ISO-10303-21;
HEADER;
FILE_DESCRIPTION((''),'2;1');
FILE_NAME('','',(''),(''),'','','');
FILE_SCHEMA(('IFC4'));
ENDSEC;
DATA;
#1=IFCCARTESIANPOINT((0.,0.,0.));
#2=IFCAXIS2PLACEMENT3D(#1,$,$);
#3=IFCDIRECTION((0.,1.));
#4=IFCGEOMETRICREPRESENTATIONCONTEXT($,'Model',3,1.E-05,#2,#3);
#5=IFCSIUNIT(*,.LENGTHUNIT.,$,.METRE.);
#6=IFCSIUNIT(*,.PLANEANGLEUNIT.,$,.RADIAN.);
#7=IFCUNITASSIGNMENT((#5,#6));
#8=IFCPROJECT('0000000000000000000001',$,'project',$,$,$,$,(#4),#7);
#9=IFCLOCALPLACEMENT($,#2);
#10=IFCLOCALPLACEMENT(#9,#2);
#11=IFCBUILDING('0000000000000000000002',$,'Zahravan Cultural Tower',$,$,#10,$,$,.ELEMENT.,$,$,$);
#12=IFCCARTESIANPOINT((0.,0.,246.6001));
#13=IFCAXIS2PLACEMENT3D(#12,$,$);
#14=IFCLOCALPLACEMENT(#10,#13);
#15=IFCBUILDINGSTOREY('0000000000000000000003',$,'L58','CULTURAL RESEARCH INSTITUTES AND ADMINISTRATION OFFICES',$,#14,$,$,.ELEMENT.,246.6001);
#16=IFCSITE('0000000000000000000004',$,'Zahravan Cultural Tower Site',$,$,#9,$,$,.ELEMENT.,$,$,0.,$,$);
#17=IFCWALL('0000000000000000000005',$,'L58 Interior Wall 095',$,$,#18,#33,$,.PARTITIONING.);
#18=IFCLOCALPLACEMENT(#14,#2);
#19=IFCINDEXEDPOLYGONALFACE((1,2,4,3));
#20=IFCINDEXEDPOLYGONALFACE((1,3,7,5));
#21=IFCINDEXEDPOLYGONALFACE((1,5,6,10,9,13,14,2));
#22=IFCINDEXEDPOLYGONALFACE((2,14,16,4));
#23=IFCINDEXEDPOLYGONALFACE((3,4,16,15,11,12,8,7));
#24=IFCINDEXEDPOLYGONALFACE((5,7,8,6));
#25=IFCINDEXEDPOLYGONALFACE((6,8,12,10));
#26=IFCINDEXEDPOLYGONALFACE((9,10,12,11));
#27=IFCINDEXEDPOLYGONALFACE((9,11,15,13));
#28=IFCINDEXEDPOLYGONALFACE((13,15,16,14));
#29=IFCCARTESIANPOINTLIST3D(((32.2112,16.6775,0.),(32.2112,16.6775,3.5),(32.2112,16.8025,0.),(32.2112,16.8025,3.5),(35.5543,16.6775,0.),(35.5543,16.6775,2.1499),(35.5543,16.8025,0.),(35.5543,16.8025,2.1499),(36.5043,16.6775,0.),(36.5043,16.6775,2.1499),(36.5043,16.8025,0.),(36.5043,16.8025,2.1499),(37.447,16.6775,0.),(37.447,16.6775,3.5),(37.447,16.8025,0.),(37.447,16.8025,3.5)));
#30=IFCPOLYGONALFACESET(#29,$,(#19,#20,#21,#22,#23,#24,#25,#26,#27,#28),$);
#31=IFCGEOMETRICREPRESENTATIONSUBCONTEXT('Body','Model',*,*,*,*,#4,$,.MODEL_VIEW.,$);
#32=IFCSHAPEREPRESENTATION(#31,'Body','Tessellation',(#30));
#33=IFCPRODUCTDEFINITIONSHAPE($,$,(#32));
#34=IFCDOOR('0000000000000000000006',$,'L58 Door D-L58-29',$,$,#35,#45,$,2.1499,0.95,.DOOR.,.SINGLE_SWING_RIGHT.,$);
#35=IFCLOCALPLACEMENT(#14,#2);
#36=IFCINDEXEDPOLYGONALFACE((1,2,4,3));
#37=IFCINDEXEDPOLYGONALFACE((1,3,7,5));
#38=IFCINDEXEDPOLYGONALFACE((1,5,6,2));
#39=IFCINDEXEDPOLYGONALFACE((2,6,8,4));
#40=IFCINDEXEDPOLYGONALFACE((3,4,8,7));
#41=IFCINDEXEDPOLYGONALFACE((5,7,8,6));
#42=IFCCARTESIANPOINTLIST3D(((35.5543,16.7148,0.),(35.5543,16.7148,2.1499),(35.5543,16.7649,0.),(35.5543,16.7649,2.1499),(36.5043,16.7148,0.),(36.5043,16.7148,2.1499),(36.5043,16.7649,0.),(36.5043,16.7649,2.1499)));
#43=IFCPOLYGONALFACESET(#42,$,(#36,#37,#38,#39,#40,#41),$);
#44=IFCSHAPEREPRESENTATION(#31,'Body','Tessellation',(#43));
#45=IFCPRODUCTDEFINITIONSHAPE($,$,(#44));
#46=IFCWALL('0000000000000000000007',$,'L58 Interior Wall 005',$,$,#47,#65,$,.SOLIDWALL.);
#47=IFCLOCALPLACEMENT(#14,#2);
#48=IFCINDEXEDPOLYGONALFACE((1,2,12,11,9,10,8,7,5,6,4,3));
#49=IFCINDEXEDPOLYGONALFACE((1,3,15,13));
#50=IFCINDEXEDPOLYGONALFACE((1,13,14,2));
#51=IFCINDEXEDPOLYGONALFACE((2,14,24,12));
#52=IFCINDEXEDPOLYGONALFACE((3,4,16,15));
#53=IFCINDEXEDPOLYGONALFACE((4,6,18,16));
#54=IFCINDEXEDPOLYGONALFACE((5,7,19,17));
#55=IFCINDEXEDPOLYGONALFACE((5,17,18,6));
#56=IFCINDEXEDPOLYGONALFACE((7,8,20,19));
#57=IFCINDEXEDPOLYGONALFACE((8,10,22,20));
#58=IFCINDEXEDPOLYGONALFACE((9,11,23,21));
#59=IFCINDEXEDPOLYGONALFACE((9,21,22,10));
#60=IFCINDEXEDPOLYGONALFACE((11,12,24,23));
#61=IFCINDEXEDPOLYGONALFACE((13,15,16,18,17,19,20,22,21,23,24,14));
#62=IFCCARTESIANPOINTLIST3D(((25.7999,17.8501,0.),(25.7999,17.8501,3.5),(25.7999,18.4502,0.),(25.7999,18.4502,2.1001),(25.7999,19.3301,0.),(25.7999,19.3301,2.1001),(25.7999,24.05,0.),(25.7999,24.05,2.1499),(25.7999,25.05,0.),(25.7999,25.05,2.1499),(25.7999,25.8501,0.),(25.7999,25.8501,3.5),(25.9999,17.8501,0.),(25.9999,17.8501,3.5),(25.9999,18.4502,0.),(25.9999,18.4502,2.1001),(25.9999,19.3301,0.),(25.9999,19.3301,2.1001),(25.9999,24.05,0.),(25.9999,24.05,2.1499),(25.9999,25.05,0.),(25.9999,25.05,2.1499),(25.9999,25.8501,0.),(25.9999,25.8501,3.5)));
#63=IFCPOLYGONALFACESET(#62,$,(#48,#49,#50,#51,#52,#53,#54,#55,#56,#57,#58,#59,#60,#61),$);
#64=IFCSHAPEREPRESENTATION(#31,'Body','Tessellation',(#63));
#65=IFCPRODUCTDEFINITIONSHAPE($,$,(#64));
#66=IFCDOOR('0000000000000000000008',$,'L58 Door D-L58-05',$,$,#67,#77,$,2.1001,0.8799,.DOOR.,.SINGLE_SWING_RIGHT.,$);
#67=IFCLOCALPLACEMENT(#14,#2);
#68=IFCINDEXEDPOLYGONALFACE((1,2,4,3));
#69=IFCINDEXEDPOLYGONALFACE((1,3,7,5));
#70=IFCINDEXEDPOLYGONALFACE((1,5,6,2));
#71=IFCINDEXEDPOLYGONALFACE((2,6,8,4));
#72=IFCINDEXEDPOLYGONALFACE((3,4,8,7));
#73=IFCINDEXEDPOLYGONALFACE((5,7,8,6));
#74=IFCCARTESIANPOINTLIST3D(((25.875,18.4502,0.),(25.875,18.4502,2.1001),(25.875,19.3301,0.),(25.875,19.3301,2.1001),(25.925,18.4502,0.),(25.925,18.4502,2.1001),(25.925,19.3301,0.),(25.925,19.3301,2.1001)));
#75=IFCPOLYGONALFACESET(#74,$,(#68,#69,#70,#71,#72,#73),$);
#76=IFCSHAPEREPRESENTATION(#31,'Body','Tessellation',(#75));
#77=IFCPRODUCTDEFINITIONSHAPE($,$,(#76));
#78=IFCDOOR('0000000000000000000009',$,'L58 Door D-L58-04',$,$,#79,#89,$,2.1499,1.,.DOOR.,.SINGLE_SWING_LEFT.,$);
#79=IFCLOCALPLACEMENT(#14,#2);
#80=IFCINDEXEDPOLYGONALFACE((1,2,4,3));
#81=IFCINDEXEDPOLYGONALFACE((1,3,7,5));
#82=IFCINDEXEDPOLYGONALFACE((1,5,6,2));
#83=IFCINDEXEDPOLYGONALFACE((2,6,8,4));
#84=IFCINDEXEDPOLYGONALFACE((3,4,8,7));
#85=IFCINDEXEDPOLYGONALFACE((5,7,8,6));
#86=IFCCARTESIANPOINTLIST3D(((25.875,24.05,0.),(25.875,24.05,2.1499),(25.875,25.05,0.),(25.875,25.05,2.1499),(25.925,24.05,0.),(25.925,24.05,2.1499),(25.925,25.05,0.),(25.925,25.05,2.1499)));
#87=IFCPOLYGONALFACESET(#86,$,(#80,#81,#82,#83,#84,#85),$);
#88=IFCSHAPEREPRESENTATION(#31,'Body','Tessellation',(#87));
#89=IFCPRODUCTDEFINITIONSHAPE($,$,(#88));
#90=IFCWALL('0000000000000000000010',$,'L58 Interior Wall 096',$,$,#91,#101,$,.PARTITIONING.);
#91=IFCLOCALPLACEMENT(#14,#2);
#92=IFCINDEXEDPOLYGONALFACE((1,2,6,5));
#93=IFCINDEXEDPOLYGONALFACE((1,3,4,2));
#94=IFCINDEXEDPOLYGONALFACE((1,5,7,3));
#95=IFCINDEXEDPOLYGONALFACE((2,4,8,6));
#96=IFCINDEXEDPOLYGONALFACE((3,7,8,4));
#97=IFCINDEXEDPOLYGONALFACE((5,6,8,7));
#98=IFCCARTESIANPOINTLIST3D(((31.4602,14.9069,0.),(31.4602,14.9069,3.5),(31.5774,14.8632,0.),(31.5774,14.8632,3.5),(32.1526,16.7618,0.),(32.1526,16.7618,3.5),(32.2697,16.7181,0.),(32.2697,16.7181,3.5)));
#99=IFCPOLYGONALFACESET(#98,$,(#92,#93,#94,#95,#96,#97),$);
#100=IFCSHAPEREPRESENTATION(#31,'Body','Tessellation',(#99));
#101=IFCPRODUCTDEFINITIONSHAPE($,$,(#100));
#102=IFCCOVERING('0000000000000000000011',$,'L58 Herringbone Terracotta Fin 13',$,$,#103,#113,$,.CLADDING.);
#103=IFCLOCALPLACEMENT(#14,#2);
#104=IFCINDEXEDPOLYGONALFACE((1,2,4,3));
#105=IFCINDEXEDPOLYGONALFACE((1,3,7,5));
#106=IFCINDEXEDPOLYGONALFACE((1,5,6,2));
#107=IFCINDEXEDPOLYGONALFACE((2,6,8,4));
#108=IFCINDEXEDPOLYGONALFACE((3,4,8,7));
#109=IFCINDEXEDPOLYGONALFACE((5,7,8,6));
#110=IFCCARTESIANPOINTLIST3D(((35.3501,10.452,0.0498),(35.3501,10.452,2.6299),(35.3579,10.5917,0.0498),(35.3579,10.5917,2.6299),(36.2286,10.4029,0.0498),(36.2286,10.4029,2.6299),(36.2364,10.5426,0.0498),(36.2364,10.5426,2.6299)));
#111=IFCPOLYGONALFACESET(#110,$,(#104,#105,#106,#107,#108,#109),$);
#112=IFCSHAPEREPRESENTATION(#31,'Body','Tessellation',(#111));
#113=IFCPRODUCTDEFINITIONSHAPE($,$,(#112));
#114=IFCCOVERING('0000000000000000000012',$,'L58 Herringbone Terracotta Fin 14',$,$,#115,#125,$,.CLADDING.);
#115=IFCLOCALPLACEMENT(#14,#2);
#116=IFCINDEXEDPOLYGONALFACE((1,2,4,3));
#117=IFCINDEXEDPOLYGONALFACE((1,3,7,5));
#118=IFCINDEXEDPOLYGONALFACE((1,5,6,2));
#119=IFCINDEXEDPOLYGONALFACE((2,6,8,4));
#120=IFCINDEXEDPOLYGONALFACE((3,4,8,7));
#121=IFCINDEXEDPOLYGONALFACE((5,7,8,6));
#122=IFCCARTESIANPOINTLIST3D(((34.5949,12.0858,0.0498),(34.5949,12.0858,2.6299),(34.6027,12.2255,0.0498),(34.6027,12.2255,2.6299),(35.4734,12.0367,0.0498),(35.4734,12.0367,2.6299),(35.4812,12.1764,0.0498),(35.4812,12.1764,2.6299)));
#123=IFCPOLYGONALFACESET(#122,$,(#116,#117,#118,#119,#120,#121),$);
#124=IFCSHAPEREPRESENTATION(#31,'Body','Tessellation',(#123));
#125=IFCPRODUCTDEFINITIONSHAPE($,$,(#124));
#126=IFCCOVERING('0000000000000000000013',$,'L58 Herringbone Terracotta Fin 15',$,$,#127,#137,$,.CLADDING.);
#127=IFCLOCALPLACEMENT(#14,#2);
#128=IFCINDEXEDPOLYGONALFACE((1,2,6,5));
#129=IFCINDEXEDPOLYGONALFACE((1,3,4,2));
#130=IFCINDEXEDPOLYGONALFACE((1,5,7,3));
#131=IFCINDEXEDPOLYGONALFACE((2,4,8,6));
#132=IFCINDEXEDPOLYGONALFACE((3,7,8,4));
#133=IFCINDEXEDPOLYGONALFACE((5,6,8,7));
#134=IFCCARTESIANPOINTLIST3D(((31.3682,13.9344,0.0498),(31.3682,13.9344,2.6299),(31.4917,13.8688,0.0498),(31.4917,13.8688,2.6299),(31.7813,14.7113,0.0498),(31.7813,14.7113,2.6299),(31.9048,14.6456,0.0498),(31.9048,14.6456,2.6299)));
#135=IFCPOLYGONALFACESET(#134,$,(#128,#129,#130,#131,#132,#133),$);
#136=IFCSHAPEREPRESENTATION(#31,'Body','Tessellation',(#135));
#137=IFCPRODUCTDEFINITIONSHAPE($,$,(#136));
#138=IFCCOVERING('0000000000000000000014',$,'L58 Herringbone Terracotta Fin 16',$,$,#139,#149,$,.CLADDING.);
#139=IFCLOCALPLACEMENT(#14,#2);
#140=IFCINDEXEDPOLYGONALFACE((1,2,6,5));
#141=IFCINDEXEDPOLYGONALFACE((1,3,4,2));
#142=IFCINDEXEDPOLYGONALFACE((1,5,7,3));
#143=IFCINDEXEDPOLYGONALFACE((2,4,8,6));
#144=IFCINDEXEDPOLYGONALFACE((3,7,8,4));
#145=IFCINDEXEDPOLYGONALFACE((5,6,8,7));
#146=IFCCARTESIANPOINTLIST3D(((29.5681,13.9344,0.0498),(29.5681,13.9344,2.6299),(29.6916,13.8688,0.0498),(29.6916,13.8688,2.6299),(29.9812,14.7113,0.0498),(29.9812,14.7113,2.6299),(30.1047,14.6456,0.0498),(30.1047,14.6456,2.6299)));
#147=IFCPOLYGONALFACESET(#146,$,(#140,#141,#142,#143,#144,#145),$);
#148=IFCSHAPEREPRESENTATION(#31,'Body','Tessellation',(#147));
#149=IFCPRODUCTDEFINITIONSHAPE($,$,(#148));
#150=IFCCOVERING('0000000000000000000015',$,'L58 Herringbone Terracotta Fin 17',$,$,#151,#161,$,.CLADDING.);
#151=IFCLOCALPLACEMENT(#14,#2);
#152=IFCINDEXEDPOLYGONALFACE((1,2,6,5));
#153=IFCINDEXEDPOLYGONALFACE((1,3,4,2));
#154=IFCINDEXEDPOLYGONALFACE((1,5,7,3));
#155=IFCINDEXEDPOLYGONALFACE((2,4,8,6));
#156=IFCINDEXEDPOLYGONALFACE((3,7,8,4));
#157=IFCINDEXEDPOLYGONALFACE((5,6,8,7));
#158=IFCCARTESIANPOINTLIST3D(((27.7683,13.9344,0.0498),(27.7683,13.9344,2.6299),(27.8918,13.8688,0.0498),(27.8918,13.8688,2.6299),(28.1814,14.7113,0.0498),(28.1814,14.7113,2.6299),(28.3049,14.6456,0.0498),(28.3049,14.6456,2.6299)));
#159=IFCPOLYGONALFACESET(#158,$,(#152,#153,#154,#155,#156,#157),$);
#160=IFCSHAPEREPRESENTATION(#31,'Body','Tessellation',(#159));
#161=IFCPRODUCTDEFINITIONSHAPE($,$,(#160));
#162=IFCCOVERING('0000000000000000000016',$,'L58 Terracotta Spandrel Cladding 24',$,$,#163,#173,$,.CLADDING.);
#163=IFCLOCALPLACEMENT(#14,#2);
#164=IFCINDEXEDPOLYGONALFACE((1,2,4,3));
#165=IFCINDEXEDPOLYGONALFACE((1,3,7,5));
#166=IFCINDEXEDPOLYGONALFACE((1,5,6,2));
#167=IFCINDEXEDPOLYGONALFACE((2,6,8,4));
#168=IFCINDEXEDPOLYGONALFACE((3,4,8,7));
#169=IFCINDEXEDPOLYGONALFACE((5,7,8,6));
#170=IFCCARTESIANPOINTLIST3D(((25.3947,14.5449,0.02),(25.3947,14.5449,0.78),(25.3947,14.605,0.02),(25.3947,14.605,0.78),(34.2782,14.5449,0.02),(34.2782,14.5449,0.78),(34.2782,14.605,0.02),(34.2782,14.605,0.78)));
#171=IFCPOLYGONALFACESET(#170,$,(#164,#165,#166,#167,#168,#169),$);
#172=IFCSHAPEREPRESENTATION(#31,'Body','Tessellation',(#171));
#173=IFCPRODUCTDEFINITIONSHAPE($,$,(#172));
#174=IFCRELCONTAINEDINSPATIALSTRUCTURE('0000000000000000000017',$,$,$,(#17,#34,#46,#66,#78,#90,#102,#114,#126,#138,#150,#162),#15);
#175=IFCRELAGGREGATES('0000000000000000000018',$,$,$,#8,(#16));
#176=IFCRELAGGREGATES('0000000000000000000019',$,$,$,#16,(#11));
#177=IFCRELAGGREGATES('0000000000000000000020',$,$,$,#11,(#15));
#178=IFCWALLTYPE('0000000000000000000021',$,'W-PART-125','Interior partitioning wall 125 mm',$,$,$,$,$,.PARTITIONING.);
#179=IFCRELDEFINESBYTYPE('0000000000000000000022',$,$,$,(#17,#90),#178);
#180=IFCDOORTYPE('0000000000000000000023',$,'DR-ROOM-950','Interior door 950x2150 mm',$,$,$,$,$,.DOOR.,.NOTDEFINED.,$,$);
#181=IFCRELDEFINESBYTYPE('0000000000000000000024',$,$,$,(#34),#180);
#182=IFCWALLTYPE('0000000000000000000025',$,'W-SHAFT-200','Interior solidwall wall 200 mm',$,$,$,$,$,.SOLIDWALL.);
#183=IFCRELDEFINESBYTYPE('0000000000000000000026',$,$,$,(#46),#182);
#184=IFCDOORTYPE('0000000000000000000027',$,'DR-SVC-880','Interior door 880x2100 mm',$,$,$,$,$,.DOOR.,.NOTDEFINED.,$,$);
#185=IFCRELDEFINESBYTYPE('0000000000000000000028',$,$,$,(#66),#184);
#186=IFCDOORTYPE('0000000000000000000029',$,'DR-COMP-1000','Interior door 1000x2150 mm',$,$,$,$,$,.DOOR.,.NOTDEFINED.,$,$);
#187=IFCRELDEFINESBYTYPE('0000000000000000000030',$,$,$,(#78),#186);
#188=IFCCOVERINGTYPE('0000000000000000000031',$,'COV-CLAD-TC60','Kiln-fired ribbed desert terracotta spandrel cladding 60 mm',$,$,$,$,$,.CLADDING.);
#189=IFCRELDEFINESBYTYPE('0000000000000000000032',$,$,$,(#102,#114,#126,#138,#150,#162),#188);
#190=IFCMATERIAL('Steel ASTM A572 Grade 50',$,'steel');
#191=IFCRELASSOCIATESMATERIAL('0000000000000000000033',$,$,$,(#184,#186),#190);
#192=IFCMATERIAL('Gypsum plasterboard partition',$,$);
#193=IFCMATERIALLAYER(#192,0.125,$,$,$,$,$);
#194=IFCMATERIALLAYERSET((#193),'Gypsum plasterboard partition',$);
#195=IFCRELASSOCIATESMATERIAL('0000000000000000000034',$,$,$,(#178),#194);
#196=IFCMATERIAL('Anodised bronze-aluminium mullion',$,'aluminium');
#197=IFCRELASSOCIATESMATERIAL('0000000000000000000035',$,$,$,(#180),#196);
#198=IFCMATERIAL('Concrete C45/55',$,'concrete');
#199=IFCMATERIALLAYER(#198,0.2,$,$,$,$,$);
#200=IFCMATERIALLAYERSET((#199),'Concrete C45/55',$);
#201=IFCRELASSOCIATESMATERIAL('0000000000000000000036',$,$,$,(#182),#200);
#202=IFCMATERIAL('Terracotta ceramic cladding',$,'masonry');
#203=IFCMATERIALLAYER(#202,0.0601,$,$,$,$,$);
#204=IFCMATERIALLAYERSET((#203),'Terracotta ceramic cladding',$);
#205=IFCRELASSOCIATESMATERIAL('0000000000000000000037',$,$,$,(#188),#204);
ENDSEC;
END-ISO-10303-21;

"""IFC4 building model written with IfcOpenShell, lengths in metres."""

from ifc_helpers import new_model, si_unit, direction, frame, frame_2d, origin, origin_2d, place, context, subcontext, project, spatial, rectangle, extrude, source, transform, mapped, material, layer, layer_set, type_object, element, fill, save


model = new_model("IFC4")

# Units and contexts
model_context = context("Model", 3, precision=1e-05, world=origin(), true_north=direction((0.0, 1.0)))
body_context = subcontext(model_context, "Body", "Model", "MODEL_VIEW")
ifc_project = project(units=[si_unit("LENGTHUNIT", "METRE"), si_unit("PLANEANGLEUNIT", "RADIAN")], contexts=[model_context])

# Site, building, storey
site_placement = place(None, origin())
site = spatial("IfcSite", under=ifc_project, at=site_placement, Name="Zahravan Cultural Tower Site", CompositionType="ELEMENT", RefElevation=0.0)
building_placement = place(site_placement, origin())
building = spatial("IfcBuilding", under=site, at=building_placement, Name="Zahravan Cultural Tower", CompositionType="ELEMENT")
storey_placement = place(building_placement, frame((0.0, 0.0, 246.6001)))
storey = spatial("IfcBuildingStorey", under=building, at=storey_placement, Name="L58", Description="CULTURAL RESEARCH INSTITUTES AND ADMINISTRATION OFFICES", CompositionType="ELEMENT", Elevation=246.6001)

# Shared definitions
ifc_material_1 = material(Name="Concrete C45/55", Category="concrete")

# Shared definitions
ifc_material_2 = material(Name="Steel ASTM A572 Grade 50", Category="steel")
door_type_1 = type_object("IfcDoorType", Name="DR-SVC-880", Description="Interior door 880x2100 mm", OperationType="NOTDEFINED", PredefinedType="DOOR", material=ifc_material_2)
shared_shape_1 = source(origin(), body_context, "Body", "SweptSolid", [
    extrude(rectangle(XDim=0.8799, YDim=2.1001, at=frame_2d((0.4399, 1.05))), frame((0.0, 0.0249, 0.0), z_axis=(0.0, -1.0, 0.0), x_axis=(1.0, 0.0, 0.0)), (0.0, 0.0, 1.0), 0.05),
])

# Wall, opening, door
ifc_material_3 = material(Name="Gypsum plasterboard partition")
ifc_layer_1 = layer(ifc_material_3, 0.125)
ifc_layer_set_1 = layer_set([ifc_layer_1], Name="Gypsum plasterboard partition")
wall_type_1 = type_object("IfcWallType", Name="W-PART-125", Description="Interior partitioning wall 125 mm", PredefinedType="PARTITIONING", material=ifc_layer_set_1)
ifc_material_4 = material(Name="Anodised bronze-aluminium mullion", Category="aluminium")
door_type_2 = type_object("IfcDoorType", Name="DR-ROOM-950", Description="Interior door 950x2150 mm", OperationType="NOTDEFINED", PredefinedType="DOOR", material=ifc_material_4)
shared_shape_2 = source(origin(), body_context, "Body", "SweptSolid", [
    extrude(rectangle(XDim=0.95, YDim=2.1499, at=frame_2d((0.4751, 1.075))), frame((0.0, 0.0249, 0.0), z_axis=(0.0, -1.0, 0.0), x_axis=(1.0, 0.0, 0.0)), (0.0, 0.0, 1.0), 0.05),
])
wall_1_placement = place(storey_placement, frame((32.2112, 16.74, 0.0), z_axis=(0.0, 0.0, 1.0), x_axis=(1.0, 0.0, 0.0)))
wall_1 = element("IfcWall", 1, at=wall_1_placement, inside=storey, type_object=wall_type_1, Name="L58 Interior Wall 095", PredefinedType="PARTITIONING", context=body_context, shape_type="SweptSolid", body=[
    extrude(rectangle(XDim=5.2358, YDim=0.125, at=frame_2d((2.6179, 0.0))), origin(), (0.0, 0.0, 1.0), 3.5),
])
opening_1_placement = place(wall_1_placement, frame((3.343, 0.0, 0.0)))
opening_1 = element("IfcOpeningElement", 2, at=opening_1_placement, cuts=wall_1, PredefinedType="OPENING", context=body_context, shape_type="SweptSolid", body=[
    extrude(rectangle(XDim=0.95, YDim=2.1499, at=frame_2d((0.4751, 1.075))), frame((0.0, 0.0725, 0.0), z_axis=(0.0, -1.0, 0.0), x_axis=(1.0, 0.0, 0.0)), (0.0, 0.0, 1.0), 0.145),
])
door_1_placement = place(opening_1_placement, origin())
door_1 = element("IfcDoor", 3, at=door_1_placement, inside=storey, type_object=door_type_2, Name="L58 Door D-L58-29", OperationType="SINGLE_SWING_RIGHT", OverallHeight=2.1499, OverallWidth=0.95, PredefinedType="DOOR", context=body_context, shape_type="MappedRepresentation", body=[
    mapped(shared_shape_2, transform((0.0, 0.0, 0.0), x_axis=(1.0, 0.0, 0.0), y_axis=(0.0, 1.0, 0.0), z_axis=(0.0, 0.0, 1.0), scale=1.0)),
])
fill(opening_1, door_1)

# Wall, openings, doors
ifc_layer_2 = layer(ifc_material_1, 0.2)
ifc_layer_set_2 = layer_set([ifc_layer_2], Name="Concrete C45/55")
wall_type_2 = type_object("IfcWallType", Name="W-SHAFT-200", Description="Interior solidwall wall 200 mm", PredefinedType="SOLIDWALL", material=ifc_layer_set_2)
wall_2_placement = place(storey_placement, frame((25.8999, 17.8501, 0.0), z_axis=(0.0, 0.0, 1.0), x_axis=(0.0, 1.0, 0.0)))
wall_2 = element("IfcWall", 4, at=wall_2_placement, inside=storey, type_object=wall_type_2, Name="L58 Interior Wall 005", PredefinedType="SOLIDWALL", context=body_context, shape_type="SweptSolid", body=[
    extrude(rectangle(XDim=8.0, YDim=0.2, at=frame_2d((4.0, 0.0))), origin(), (0.0, 0.0, 1.0), 3.5),
])
opening_2_placement = place(wall_2_placement, frame((6.2, 0.0, 0.0)))
opening_2 = element("IfcOpeningElement", 5, at=opening_2_placement, cuts=wall_2, PredefinedType="OPENING", context=body_context, shape_type="SweptSolid", body=[
    extrude(rectangle(XDim=1.0, YDim=2.1499, at=frame_2d((0.5, 1.075))), frame((0.0, 0.1099, 0.0), z_axis=(0.0, -1.0, 0.0), x_axis=(1.0, 0.0, 0.0)), (0.0, 0.0, 1.0), 0.22),
])
opening_3_placement = place(wall_2_placement, frame((0.6001, 0.0, 0.0)))
opening_3 = element("IfcOpeningElement", 6, at=opening_3_placement, cuts=wall_2, PredefinedType="OPENING", context=body_context, shape_type="SweptSolid", body=[
    extrude(rectangle(XDim=0.8799, YDim=2.1001, at=frame_2d((0.4399, 1.05))), frame((0.0, 0.1099, 0.0), z_axis=(0.0, -1.0, 0.0), x_axis=(1.0, 0.0, 0.0)), (0.0, 0.0, 1.0), 0.22),
])
door_2_placement = place(opening_3_placement, origin())
door_2 = element("IfcDoor", 7, at=door_2_placement, inside=storey, type_object=door_type_1, Name="L58 Door D-L58-05", OperationType="SINGLE_SWING_RIGHT", OverallHeight=2.1001, OverallWidth=0.8799, PredefinedType="DOOR", context=body_context, shape_type="MappedRepresentation", body=[
    mapped(shared_shape_1, transform((0.0, 0.0, 0.0), x_axis=(1.0, 0.0, 0.0), y_axis=(0.0, 1.0, 0.0), z_axis=(0.0, 0.0, 1.0), scale=1.0)),
])
fill(opening_3, door_2)
door_type_3 = type_object("IfcDoorType", Name="DR-COMP-1000", Description="Interior door 1000x2150 mm", OperationType="NOTDEFINED", PredefinedType="DOOR", material=ifc_material_2)
shared_shape_3 = source(origin(), body_context, "Body", "SweptSolid", [
    extrude(rectangle(XDim=1.0, YDim=2.1499, at=frame_2d((0.5, 1.075))), frame((0.0, 0.0249, 0.0), z_axis=(0.0, -1.0, 0.0), x_axis=(1.0, 0.0, 0.0)), (0.0, 0.0, 1.0), 0.05),
])
door_3_placement = place(opening_2_placement, origin())
door_3 = element("IfcDoor", 8, at=door_3_placement, inside=storey, type_object=door_type_3, Name="L58 Door D-L58-04", OperationType="SINGLE_SWING_LEFT", OverallHeight=2.1499, OverallWidth=1.0, PredefinedType="DOOR", context=body_context, shape_type="MappedRepresentation", body=[
    mapped(shared_shape_3, transform((0.0, 0.0, 0.0), x_axis=(1.0, 0.0, 0.0), y_axis=(0.0, 1.0, 0.0), z_axis=(0.0, 0.0, 1.0), scale=1.0)),
])
fill(opening_2, door_3)

# Wall
shared_shape_4 = source(origin(), body_context, "Body", "SweptSolid", [
    extrude(rectangle(XDim=1.98, YDim=0.125, at=frame_2d((0.99, 0.0))), origin(), (0.0, 0.0, 1.0), 3.5),
])
wall_3_placement = place(storey_placement, frame((31.5188, 14.885, 0.0), z_axis=(0.0, 0.0, 1.0), x_axis=(0.349691, 0.936865, 0.0)))
element("IfcWall", 9, at=wall_3_placement, inside=storey, type_object=wall_type_1, Name="L58 Interior Wall 096", PredefinedType="PARTITIONING", context=body_context, shape_type="MappedRepresentation", body=[
    mapped(shared_shape_4, transform((0.0, 0.0, 0.0), x_axis=(1.0, 0.0, 0.0), y_axis=(0.0, 1.0, 0.0), z_axis=(0.0, 0.0, 1.0), scale=1.0)),
])

# Coverings
ifc_material_5 = material(Name="Terracotta ceramic cladding", Category="masonry")
ifc_layer_3 = layer(ifc_material_5, 0.0601)
ifc_layer_set_3 = layer_set([ifc_layer_3], Name="Terracotta ceramic cladding")
covering_type = type_object("IfcCoveringType", Name="COV-CLAD-TC60", Description="Kiln-fired ribbed desert terracotta spandrel cladding 60 mm", PredefinedType="CLADDING", material=ifc_layer_set_3)
shared_shape_5 = source(origin(), body_context, "Body", "SweptSolid", [
    extrude(rectangle(XDim=0.8799, YDim=0.1399, at=origin_2d()), origin(), (0.0, 0.0, 1.0), 2.5801),
])
for number, where, z_axis, x_axis, name in (
    (10, (35.7932, 10.4973, 0.0498), (0.0, 0.0, 1.0), (-0.998441, 0.055822, 0.0), "L58 Herringbone Terracotta Fin 13"),
    (11, (35.0381, 12.1311, 0.0498), (0.0, 0.0, 1.0), (-0.998441, 0.055822, 0.0), "L58 Herringbone Terracotta Fin 14"),
    (12, (31.6365, 14.29, 0.0498), (0.0, 0.0, 1.0), (-0.469472, -0.882948, 0.0), "L58 Herringbone Terracotta Fin 15"),
    (13, (29.8364, 14.29, 0.0498), (0.0, 0.0, 1.0), (-0.469472, -0.882948, 0.0), "L58 Herringbone Terracotta Fin 16"),
    (14, (28.0366, 14.29, 0.0498), (0.0, 0.0, 1.0), (-0.469472, -0.882948, 0.0), "L58 Herringbone Terracotta Fin 17"),
):
    element("IfcCovering", number, at=place(storey_placement, frame(where, z_axis=z_axis, x_axis=x_axis)), inside=storey, type_object=covering_type, Name=name, PredefinedType="CLADDING", context=body_context, shape_type="MappedRepresentation", body=[
        mapped(shared_shape_5, transform((0.0, 0.0, 0.0), x_axis=(1.0, 0.0, 0.0), y_axis=(0.0, 1.0, 0.0), z_axis=(0.0, 0.0, 1.0), scale=1.0)),
    ])
shared_shape_6 = source(origin(), body_context, "Body", "SweptSolid", [
    extrude(rectangle(XDim=8.8835, YDim=0.0601, at=origin_2d()), origin(), (0.0, 0.0, 1.0), 0.76),
])
covering_placement = place(storey_placement, frame((29.8364, 14.575, 0.02), z_axis=(0.0, 0.0, 1.0), x_axis=(-1.0, 0.0, 0.0)))
element("IfcCovering", 15, at=covering_placement, inside=storey, type_object=covering_type, Name="L58 Terracotta Spandrel Cladding 24", PredefinedType="CLADDING", context=body_context, shape_type="MappedRepresentation", body=[
    mapped(shared_shape_6, transform((0.0, 0.0, 0.0), x_axis=(1.0, 0.0, 0.0), y_axis=(0.0, 1.0, 0.0), z_axis=(0.0, 0.0, 1.0), scale=1.0)),
])

save(model, "model.ifc")
